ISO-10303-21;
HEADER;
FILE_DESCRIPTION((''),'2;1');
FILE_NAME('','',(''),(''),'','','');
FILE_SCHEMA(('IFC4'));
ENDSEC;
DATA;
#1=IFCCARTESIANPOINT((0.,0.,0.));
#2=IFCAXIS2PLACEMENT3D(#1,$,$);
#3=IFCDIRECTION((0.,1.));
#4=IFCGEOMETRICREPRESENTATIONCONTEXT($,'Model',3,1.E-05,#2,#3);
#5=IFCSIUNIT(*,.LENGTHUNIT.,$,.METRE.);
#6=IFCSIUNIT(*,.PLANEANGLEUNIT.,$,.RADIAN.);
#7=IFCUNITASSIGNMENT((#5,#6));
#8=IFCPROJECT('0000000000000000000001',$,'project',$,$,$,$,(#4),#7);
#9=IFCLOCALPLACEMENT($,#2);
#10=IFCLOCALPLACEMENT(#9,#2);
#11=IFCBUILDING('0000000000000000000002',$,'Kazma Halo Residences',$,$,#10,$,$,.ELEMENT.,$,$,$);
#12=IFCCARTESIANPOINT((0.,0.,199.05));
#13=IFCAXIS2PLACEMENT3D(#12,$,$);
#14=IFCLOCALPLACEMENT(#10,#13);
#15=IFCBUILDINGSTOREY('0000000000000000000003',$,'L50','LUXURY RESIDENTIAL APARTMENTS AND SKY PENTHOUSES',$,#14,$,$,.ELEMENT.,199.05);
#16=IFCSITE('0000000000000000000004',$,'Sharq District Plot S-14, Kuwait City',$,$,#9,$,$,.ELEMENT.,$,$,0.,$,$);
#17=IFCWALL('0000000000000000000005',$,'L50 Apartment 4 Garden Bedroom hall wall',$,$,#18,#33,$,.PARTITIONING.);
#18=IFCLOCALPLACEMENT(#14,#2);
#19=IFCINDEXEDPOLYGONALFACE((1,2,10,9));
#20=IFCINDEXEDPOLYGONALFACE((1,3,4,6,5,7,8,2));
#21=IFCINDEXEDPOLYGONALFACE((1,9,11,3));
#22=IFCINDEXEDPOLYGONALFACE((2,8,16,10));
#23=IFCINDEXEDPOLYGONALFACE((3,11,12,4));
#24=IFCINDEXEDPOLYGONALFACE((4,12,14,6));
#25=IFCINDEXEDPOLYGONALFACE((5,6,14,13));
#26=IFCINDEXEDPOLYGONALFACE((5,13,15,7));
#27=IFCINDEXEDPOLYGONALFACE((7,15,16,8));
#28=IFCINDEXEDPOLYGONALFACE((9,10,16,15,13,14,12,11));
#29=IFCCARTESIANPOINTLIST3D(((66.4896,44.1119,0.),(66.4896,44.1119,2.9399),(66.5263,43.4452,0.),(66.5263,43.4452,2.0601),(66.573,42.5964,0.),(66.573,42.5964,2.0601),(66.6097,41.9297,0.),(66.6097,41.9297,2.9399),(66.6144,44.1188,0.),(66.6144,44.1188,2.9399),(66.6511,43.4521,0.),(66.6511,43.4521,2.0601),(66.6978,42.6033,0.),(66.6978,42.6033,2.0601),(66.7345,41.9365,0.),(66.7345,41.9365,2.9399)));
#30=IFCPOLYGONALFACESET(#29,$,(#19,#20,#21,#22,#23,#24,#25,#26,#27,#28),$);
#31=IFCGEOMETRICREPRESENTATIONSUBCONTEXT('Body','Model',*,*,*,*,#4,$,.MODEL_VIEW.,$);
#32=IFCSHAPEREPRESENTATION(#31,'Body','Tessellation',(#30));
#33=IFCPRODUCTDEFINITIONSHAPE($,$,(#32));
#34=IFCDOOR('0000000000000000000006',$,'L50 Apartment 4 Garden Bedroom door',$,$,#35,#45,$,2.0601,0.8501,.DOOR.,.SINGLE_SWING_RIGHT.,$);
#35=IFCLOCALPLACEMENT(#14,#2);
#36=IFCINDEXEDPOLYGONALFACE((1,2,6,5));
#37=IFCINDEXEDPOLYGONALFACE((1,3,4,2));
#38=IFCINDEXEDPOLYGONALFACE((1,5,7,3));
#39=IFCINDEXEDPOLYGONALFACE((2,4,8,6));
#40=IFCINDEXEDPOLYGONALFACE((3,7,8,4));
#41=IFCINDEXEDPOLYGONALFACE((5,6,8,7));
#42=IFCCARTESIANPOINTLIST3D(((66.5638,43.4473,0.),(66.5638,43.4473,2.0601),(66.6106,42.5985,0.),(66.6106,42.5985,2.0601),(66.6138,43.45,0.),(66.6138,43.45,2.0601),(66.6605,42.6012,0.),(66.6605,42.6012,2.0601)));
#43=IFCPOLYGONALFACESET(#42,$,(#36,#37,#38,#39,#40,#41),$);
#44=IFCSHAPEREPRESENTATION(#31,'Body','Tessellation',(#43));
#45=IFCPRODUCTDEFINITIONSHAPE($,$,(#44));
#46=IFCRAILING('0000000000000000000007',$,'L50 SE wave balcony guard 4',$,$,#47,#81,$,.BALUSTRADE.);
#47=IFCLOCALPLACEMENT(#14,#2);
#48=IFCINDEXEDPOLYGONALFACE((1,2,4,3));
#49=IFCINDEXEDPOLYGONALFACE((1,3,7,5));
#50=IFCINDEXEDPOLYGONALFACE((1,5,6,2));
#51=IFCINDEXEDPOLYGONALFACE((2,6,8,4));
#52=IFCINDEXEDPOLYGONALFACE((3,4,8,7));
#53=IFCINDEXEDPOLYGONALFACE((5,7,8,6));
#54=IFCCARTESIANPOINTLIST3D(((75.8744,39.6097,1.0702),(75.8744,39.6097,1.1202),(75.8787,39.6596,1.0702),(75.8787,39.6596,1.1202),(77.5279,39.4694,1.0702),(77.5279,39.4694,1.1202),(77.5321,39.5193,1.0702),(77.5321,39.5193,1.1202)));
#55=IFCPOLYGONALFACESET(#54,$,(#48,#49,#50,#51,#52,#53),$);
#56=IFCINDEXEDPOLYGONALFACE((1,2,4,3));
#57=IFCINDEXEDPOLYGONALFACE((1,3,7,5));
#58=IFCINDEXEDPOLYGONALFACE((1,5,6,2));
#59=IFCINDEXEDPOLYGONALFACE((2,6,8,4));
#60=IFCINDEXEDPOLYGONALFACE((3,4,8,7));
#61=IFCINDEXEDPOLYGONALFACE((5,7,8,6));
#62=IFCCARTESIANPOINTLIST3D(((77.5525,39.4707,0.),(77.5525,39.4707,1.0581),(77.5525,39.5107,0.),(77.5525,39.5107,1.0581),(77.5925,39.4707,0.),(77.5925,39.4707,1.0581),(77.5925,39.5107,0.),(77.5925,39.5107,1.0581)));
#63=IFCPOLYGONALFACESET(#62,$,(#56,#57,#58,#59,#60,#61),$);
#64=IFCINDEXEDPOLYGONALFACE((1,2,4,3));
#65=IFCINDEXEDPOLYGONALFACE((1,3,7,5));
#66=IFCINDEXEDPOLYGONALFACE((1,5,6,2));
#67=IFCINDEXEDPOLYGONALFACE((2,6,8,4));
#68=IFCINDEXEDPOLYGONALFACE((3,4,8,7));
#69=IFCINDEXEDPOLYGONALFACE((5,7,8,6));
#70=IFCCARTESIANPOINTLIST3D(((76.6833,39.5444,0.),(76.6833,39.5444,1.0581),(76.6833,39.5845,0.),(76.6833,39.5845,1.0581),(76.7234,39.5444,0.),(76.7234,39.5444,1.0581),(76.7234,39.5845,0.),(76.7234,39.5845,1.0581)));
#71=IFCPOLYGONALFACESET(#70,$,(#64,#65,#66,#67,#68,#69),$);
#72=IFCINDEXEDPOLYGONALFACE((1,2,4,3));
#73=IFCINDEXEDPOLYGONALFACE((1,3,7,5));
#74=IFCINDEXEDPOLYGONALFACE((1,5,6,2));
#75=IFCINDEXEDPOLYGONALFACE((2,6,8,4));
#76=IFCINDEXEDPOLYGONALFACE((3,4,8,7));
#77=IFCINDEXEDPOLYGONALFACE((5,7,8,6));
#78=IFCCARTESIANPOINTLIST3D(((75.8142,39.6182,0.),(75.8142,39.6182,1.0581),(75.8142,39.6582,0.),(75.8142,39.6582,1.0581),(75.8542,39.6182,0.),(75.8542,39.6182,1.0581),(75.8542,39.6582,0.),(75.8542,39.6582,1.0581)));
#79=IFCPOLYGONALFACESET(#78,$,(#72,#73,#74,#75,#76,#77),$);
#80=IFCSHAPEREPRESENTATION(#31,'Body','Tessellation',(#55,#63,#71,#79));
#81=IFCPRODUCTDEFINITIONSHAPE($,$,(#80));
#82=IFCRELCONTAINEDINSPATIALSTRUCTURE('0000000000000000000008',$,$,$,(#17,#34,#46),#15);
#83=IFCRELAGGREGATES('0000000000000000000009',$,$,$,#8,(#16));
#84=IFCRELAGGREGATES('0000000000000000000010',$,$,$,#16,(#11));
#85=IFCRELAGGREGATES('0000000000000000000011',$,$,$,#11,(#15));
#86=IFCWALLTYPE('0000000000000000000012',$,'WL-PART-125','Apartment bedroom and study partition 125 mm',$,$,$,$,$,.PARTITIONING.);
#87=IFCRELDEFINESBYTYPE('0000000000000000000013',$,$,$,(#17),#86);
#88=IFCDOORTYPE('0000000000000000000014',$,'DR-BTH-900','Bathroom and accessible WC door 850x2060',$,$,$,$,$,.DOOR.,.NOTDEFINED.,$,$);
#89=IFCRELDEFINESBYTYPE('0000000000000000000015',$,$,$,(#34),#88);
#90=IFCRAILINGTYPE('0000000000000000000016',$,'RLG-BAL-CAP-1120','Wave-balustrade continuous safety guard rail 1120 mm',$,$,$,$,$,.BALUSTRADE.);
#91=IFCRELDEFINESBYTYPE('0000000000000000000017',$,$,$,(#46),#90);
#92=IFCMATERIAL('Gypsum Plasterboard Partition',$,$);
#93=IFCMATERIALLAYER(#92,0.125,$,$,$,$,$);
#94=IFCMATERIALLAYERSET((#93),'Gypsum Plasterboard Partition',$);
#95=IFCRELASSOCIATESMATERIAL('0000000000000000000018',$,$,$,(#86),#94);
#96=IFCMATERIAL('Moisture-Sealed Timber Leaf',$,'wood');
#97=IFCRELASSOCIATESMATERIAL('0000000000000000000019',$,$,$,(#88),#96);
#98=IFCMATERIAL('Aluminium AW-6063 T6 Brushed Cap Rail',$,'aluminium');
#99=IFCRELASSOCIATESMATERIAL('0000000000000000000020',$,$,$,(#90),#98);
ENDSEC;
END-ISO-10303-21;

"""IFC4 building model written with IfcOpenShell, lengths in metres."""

from ifc_helpers import new_model, si_unit, direction, frame, frame_2d, origin, origin_2d, place, context, subcontext, project, spatial, rectangle, extrude, material, layer, layer_set, type_object, element, fill, save


model = new_model("IFC4")

# Units and contexts
model_context = context("Model", 3, precision=1e-05, world=origin(), true_north=direction((0.0, 1.0)))
body_context = subcontext(model_context, "Body", "Model", "MODEL_VIEW")
ifc_project = project(units=[si_unit("LENGTHUNIT", "METRE"), si_unit("PLANEANGLEUNIT", "RADIAN")], contexts=[model_context])

# Site, building, storey
site_placement = place(None, origin())
site = spatial("IfcSite", under=ifc_project, at=site_placement, Name="Sharq District Plot S-14, Kuwait City", CompositionType="ELEMENT", RefElevation=0.0)
building_placement = place(site_placement, origin())
building = spatial("IfcBuilding", under=site, at=building_placement, Name="Kazma Halo Residences", CompositionType="ELEMENT")
storey_placement = place(building_placement, frame((0.0, 0.0, 199.05)))
storey = spatial("IfcBuildingStorey", under=building, at=storey_placement, Name="L50", Description="LUXURY RESIDENTIAL APARTMENTS AND SKY PENTHOUSES", CompositionType="ELEMENT", Elevation=199.05)

# Shared definitions
ifc_material_1 = material(Name="Gypsum Plasterboard Partition")
ifc_layer_1 = layer(ifc_material_1, 0.125)
ifc_layer_set_1 = layer_set([ifc_layer_1], Name="Gypsum Plasterboard Partition")
wall_type = type_object("IfcWallType", Name="WL-PART-125", Description="Apartment bedroom and study partition 125 mm", PredefinedType="PARTITIONING", material=ifc_layer_set_1)

# Wall, opening, door
ifc_material_2 = material(Name="Moisture-Sealed Timber Leaf", Category="wood")
door_type = type_object("IfcDoorType", Name="DR-BTH-900", Description="Bathroom and accessible WC door 850x2060", OperationType="NOTDEFINED", PredefinedType="DOOR", material=ifc_material_2)
wall_1_placement = place(storey_placement, frame((66.6721, 41.9331, 0.0), z_axis=(0.0, 0.0, 1.0), x_axis=(-0.054963, 0.998488, 0.0)))
wall_1 = element("IfcWall", 1, at=wall_1_placement, inside=storey, type_object=wall_type, Name="L50 Apartment 4 Garden Bedroom hall wall", PredefinedType="PARTITIONING", context=body_context, shape_type="SweptSolid", body=[
    extrude(rectangle(XDim=2.1855, YDim=0.125, at=frame_2d((1.0928, 0.0))), origin(), (0.0, 0.0, 1.0), 2.9399),
])
opening_1_placement = place(wall_1_placement, frame((0.6677, 0.0, 0.0)))
opening_1 = element("IfcOpeningElement", 2, at=opening_1_placement, cuts=wall_1, PredefinedType="OPENING", context=body_context, shape_type="SweptSolid", body=[
    extrude(rectangle(XDim=0.8501, YDim=2.0601, at=frame_2d((0.425, 1.03))), frame((0.0, 0.0725, 0.0), z_axis=(0.0, -1.0, 0.0), x_axis=(1.0, 0.0, 0.0)), (0.0, 0.0, 1.0), 0.145),
])
door_1_placement = place(opening_1_placement, origin())
door_1 = element("IfcDoor", 3, at=door_1_placement, inside=storey, type_object=door_type, Name="L50 Apartment 4 Garden Bedroom door", OperationType="SINGLE_SWING_RIGHT", OverallHeight=2.0601, OverallWidth=0.8501, PredefinedType="DOOR", context=body_context, shape_type="SweptSolid", body=[
    extrude(rectangle(XDim=0.8501, YDim=2.0601, at=frame_2d((0.425, 1.03))), frame((0.0, 0.0249, 0.0), z_axis=(0.0, -1.0, 0.0), x_axis=(1.0, 0.0, 0.0)), (0.0, 0.0, 1.0), 0.05),
])
fill(opening_1, door_1)

# Railing
ifc_material_3 = material(Name="Aluminium AW-6063 T6 Brushed Cap Rail", Category="aluminium")
railing_type = type_object("IfcRailingType", Name="RLG-BAL-CAP-1120", Description="Wave-balustrade continuous safety guard rail 1120 mm", PredefinedType="BALUSTRADE", material=ifc_material_3)
railing_placement = place(storey_placement, frame((77.5725, 39.4907, 0.0)))
element("IfcRailing", 4, at=railing_placement, inside=storey, type_object=railing_type, Name="L50 SE wave balcony guard 4", PredefinedType="BALUSTRADE", context=body_context, shape_type="SweptSolid", body=[
    extrude(rectangle(XDim=0.05, YDim=0.05, at=origin_2d()), frame((-0.0425, 0.0037, 1.0952), z_axis=(-0.996421, 0.084528, 0.0), x_axis=(-0.084528, -0.996421, 0.0)), (0.0, 0.0, 1.0), 1.6594),
    extrude(rectangle(XDim=0.04, YDim=0.04, at=origin_2d()), origin(), (0.0, 0.0, 1.0), 1.0581),
    extrude(rectangle(XDim=0.04, YDim=0.04, at=origin_2d()), frame((-0.8691, 0.0737, 0.0)), (0.0, 0.0, 1.0), 1.0581),
    extrude(rectangle(XDim=0.04, YDim=0.04, at=origin_2d()), frame((-1.7383, 0.1475, 0.0)), (0.0, 0.0, 1.0), 1.0581),
])

save(model, "model.ifc")
